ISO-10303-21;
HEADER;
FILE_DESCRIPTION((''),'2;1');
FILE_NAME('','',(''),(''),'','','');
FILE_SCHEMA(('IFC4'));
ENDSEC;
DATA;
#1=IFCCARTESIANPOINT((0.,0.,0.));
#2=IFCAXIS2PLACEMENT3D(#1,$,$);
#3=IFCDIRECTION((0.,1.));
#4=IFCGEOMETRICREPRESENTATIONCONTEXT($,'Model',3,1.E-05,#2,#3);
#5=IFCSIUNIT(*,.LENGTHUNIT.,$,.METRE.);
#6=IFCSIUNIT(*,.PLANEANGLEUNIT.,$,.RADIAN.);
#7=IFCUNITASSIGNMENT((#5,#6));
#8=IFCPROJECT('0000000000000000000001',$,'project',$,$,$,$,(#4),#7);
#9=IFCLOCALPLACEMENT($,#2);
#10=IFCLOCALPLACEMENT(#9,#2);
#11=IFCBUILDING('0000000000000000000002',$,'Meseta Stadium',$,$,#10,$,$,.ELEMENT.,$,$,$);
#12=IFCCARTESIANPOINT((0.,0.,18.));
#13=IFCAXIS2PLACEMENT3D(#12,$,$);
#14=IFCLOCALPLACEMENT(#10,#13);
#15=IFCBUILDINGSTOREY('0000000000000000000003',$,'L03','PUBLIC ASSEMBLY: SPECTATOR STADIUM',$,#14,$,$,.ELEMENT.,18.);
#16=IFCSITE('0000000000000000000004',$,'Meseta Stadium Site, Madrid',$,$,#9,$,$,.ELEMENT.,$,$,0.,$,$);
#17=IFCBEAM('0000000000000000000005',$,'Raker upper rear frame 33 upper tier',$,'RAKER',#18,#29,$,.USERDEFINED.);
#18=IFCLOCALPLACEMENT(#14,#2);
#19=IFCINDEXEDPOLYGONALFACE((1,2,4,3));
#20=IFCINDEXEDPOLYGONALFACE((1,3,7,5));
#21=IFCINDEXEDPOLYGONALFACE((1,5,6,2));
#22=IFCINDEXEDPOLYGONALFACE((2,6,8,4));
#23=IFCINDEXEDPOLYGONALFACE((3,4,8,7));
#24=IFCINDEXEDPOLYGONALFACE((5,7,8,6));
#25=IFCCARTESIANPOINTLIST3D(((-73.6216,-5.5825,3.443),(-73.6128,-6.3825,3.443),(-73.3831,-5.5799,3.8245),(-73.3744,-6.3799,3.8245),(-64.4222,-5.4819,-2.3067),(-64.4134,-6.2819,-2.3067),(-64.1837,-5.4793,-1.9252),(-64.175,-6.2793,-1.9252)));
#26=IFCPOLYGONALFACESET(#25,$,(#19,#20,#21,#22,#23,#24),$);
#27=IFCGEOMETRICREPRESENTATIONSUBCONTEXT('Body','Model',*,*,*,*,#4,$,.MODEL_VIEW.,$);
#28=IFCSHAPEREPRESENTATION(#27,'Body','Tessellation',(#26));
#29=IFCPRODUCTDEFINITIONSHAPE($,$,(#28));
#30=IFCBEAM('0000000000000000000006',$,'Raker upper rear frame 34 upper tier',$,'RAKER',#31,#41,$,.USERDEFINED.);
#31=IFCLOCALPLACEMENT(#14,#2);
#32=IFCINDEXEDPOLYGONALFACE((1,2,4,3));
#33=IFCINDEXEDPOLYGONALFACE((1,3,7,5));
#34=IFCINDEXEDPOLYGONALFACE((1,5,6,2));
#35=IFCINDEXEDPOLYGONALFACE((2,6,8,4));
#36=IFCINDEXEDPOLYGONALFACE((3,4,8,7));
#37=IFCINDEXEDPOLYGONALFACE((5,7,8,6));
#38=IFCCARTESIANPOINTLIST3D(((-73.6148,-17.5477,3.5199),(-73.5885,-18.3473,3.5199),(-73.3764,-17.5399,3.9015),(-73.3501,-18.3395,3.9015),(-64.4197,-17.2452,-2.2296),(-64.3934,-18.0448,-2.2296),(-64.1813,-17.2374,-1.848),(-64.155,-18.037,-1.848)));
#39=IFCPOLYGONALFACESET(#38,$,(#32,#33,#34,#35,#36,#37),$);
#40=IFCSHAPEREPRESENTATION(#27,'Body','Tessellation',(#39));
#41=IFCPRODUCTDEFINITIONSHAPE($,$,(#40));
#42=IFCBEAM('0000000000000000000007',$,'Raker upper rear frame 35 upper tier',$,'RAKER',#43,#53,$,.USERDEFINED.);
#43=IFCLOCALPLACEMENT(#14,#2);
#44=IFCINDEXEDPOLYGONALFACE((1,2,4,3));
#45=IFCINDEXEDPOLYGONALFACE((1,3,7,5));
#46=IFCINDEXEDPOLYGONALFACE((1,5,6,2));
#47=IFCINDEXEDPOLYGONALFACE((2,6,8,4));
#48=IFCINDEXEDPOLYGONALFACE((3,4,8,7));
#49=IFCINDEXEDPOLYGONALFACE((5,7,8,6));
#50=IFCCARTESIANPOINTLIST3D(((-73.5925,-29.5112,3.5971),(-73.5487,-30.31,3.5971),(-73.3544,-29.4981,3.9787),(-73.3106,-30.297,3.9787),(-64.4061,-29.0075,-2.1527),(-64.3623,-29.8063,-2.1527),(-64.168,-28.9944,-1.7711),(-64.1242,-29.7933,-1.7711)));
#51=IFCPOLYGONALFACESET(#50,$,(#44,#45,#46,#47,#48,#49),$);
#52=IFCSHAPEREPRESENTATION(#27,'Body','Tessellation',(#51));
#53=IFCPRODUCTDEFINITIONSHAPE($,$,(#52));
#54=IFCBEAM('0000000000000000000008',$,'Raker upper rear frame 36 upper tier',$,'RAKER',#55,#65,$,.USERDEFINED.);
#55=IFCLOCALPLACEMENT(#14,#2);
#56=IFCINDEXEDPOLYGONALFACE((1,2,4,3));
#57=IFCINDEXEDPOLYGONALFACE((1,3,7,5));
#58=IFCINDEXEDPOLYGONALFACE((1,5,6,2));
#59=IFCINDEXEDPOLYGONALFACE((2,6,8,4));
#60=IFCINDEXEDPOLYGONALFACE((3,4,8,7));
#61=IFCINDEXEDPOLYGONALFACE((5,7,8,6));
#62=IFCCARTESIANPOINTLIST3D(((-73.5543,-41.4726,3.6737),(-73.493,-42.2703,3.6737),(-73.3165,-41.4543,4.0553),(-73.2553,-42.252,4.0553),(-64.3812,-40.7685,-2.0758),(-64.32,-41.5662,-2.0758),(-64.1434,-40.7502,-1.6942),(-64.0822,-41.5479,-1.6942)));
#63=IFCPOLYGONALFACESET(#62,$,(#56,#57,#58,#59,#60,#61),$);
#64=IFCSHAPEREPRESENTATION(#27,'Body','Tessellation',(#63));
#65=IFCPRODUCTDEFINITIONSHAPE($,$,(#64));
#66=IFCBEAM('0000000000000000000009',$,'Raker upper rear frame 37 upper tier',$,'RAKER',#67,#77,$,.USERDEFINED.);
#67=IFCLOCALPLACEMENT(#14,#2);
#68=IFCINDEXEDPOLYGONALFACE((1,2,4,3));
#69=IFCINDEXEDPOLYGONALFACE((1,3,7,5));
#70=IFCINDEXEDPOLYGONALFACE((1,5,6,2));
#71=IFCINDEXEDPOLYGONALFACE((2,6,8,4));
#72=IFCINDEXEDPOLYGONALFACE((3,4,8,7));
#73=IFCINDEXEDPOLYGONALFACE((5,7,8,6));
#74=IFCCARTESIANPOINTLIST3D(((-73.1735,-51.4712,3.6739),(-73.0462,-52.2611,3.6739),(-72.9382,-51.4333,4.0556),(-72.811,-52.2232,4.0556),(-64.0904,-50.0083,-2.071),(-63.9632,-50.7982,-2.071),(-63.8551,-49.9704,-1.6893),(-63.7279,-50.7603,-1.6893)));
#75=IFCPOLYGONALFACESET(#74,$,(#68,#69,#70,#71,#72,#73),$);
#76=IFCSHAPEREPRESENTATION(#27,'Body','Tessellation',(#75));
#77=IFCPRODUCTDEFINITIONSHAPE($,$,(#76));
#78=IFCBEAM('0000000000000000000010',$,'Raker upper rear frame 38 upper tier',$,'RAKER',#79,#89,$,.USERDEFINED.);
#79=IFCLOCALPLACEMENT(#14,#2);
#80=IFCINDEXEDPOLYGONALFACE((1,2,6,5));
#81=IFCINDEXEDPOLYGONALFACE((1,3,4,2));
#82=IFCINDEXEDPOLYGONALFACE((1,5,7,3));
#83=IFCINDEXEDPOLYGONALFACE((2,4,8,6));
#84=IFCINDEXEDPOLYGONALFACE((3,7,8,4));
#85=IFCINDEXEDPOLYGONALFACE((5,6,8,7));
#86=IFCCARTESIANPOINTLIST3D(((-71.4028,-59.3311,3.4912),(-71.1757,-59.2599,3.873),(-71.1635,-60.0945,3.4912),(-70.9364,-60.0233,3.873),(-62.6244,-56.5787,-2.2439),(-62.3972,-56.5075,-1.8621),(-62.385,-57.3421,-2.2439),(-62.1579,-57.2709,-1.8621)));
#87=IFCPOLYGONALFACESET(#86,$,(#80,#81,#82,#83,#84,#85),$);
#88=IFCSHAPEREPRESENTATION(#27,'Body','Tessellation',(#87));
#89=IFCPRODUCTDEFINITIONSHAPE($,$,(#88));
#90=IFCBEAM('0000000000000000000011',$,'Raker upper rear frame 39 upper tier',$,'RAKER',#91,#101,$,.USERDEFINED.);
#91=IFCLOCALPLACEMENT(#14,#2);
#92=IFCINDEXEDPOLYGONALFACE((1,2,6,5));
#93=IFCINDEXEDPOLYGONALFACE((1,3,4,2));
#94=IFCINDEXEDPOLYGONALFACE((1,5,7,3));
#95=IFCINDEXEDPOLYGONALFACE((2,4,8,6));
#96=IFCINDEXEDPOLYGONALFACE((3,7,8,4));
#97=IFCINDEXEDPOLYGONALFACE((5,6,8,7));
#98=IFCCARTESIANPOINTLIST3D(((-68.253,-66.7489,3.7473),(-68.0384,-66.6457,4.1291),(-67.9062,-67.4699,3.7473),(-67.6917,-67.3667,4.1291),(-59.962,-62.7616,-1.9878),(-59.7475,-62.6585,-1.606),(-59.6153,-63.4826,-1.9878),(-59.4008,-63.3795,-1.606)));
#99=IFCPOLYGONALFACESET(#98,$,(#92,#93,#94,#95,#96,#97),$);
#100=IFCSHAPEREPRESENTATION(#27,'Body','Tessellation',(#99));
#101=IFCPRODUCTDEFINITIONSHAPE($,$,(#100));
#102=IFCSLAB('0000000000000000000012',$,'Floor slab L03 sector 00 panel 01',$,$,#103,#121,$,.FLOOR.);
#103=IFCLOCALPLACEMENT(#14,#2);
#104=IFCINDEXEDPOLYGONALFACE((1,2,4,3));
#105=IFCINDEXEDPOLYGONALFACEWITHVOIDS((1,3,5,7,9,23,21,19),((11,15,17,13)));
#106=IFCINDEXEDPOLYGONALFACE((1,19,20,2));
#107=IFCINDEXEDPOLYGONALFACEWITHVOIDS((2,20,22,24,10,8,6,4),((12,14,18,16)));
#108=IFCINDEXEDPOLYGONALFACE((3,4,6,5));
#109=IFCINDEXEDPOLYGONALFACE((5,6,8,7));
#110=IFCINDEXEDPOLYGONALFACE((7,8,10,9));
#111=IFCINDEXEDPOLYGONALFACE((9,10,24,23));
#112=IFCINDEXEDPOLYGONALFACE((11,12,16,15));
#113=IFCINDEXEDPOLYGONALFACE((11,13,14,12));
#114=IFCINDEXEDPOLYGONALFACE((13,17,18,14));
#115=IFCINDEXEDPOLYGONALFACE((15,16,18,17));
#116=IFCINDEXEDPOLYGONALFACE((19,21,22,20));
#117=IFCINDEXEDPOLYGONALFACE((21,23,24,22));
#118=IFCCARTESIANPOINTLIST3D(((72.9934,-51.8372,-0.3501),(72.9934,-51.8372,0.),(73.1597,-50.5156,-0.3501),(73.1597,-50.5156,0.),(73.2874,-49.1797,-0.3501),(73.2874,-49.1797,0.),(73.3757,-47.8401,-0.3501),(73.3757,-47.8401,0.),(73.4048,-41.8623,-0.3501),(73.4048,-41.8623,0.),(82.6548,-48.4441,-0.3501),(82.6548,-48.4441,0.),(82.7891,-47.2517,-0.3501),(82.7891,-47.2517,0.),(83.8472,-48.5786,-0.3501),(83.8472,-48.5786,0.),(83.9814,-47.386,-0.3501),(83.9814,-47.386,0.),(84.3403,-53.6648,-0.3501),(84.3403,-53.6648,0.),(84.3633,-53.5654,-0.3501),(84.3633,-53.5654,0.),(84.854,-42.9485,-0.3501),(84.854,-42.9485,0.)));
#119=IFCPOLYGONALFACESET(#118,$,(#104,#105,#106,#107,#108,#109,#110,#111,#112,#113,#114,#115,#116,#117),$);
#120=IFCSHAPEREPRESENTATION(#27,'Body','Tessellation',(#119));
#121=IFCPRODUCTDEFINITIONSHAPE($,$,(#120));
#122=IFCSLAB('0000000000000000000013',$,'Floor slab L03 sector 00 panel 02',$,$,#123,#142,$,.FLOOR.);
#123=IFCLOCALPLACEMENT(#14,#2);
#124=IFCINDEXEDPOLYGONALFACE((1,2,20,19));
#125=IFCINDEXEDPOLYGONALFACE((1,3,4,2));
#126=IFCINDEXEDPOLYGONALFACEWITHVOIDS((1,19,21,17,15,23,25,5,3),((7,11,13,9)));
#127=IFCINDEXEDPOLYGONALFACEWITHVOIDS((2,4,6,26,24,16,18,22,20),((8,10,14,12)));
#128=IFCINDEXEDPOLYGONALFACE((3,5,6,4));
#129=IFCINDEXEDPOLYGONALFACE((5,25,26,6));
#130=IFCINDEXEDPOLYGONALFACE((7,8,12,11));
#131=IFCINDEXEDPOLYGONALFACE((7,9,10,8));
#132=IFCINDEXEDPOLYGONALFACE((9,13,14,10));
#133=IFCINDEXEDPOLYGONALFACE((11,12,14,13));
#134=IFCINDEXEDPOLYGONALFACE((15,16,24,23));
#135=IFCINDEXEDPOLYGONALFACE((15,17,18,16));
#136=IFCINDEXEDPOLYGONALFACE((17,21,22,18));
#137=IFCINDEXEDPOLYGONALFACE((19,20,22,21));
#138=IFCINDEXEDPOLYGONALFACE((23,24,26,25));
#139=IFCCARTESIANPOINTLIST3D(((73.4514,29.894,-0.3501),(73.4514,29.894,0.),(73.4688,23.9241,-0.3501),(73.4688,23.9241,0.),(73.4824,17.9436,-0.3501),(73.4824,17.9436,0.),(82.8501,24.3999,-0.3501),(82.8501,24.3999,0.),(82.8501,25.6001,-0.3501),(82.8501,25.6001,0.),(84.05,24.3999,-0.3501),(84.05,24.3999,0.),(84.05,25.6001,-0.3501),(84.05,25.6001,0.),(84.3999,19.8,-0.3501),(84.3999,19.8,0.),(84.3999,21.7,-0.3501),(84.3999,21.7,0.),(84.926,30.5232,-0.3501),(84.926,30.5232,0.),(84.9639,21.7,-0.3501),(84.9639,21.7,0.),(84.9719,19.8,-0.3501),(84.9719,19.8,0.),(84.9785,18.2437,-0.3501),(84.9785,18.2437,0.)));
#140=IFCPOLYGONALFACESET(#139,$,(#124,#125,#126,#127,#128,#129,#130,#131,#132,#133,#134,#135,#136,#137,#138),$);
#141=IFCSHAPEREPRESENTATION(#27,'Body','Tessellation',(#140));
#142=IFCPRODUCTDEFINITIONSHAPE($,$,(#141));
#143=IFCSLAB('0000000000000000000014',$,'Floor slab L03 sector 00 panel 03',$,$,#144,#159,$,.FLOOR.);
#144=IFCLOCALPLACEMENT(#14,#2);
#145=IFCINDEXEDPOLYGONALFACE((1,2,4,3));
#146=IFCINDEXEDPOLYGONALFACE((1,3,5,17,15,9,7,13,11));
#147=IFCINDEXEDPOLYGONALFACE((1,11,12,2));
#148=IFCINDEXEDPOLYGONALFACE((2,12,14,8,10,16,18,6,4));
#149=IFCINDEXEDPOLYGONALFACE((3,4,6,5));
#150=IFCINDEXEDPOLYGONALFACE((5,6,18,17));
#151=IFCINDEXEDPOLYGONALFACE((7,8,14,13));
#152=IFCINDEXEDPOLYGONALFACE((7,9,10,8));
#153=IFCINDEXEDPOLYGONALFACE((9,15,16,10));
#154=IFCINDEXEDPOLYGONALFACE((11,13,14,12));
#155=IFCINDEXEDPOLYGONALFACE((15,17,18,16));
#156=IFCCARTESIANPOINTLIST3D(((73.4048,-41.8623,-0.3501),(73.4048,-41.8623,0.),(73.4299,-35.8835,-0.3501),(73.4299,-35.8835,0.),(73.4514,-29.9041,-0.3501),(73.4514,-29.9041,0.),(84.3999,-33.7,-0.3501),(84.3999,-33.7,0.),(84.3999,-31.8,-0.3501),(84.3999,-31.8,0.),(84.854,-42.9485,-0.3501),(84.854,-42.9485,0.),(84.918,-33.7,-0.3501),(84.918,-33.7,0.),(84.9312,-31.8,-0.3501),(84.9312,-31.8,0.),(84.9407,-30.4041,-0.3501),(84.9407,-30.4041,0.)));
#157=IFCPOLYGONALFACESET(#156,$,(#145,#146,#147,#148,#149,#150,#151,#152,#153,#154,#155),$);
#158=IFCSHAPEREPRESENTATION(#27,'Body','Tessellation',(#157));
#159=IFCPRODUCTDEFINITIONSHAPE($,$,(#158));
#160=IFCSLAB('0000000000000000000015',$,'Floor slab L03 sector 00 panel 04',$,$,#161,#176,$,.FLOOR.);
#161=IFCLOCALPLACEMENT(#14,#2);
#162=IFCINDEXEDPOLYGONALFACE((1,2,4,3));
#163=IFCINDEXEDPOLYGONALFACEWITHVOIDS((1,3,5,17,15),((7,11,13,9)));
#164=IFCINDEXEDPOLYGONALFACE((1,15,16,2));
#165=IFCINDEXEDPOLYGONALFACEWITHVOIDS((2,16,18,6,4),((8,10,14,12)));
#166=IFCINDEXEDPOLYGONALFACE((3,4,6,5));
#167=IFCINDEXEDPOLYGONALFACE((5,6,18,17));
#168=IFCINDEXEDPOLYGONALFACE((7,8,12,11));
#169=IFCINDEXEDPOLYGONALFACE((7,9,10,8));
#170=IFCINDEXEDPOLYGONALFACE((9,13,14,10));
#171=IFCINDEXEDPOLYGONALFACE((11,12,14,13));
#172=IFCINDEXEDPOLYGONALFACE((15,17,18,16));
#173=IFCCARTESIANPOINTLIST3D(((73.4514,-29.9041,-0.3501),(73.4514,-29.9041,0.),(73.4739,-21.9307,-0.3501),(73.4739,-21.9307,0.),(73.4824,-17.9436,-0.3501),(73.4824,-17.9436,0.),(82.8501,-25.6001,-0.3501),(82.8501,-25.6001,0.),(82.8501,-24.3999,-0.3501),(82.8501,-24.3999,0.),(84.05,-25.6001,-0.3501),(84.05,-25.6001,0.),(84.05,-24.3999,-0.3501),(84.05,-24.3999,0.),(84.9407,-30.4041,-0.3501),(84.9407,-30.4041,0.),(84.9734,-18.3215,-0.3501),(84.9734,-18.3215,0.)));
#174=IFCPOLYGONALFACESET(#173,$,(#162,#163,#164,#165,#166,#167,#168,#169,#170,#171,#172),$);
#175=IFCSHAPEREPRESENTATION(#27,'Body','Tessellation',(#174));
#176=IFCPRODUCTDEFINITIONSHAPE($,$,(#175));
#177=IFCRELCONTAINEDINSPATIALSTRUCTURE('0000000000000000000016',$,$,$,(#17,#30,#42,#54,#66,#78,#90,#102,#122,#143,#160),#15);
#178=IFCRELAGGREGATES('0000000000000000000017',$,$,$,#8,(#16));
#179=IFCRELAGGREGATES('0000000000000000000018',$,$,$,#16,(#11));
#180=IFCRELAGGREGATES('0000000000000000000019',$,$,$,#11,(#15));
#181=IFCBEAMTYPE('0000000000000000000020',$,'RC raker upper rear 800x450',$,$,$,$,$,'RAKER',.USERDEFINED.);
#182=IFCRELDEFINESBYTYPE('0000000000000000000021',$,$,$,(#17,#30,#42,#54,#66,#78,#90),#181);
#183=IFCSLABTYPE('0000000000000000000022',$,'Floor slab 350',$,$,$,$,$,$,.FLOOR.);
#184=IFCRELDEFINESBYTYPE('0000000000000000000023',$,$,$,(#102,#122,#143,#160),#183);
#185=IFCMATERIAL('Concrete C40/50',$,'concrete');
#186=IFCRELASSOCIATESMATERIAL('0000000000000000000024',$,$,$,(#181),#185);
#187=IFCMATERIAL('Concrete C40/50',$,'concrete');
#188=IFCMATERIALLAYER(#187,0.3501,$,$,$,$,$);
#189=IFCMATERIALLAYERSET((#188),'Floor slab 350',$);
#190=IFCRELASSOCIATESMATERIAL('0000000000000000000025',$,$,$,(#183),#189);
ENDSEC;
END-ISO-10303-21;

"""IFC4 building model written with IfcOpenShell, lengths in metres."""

from ifc_helpers import new_model, si_unit, direction, frame, origin, origin_2d, place, context, subcontext, project, spatial, polyline, rectangle, outline, extrude, material, layer, layer_set, material_profile, profile_set, type_object, element, save


model = new_model("IFC4")

# Units and contexts
model_context = context("Model", 3, precision=1e-05, world=origin(), true_north=direction((0.0, 1.0)))
body_context = subcontext(model_context, "Body", "Model", "MODEL_VIEW")
ifc_project = project(units=[si_unit("LENGTHUNIT", "METRE"), si_unit("PLANEANGLEUNIT", "RADIAN")], contexts=[model_context])

# Site, building, storey
site_placement = place(None, origin())
site = spatial("IfcSite", under=ifc_project, at=site_placement, Name="Meseta Stadium Site, Madrid", CompositionType="ELEMENT", RefElevation=0.0)
building_placement = place(site_placement, origin())
building = spatial("IfcBuilding", under=site, at=building_placement, Name="Meseta Stadium", CompositionType="ELEMENT")
storey_placement = place(building_placement, frame((0.0, 0.0, 18.0)))
storey = spatial("IfcBuildingStorey", under=building, at=storey_placement, Name="L03", Description="PUBLIC ASSEMBLY: SPECTATOR STADIUM", CompositionType="ELEMENT", Elevation=18.0)

# Beams
ifc_material_1 = material(Name="Concrete C40/50", Category="concrete")
ifc_material_profile_1 = material_profile(ifc_material_1, rectangle(XDim=0.8, YDim=0.45, at=origin_2d()), Name="RC 800x450")
ifc_profile_set_1 = profile_set([ifc_material_profile_1], Name="Concrete C40/50")
beam_type = type_object("IfcBeamType", Name="RC raker upper rear 800x450", ElementType="RAKER", PredefinedType="USERDEFINED", material=ifc_profile_set_1)
for number, where, z_axis, x_axis, name in (
    (1, (-64.2986, -5.8806, -2.116), (-0.847958, -0.009271, 0.529982), (0.010933, -0.99994, 0.0), "Raker upper rear frame 33 upper tier"),
    (2, (-64.2874, -17.6411, -2.0388), (-0.847561, -0.027882, 0.529965), (0.032879, -0.999459, 0.0), "Raker upper rear frame 34 upper tier"),
):
    element("IfcBeam", number, at=place(storey_placement, frame(where, z_axis=z_axis, x_axis=x_axis)), inside=storey, type_object=beam_type, Name=name, ObjectType="RAKER", PredefinedType="USERDEFINED", context=body_context, shape_type="SweptSolid", body=[
        extrude(rectangle(XDim=0.8, YDim=0.45, at=origin_2d()), origin(), (0.0, 0.0, 1.0), 10.8489),
    ])
beam_1_placement = place(storey_placement, frame((-64.2651, -29.4004, -1.9619), z_axis=(-0.846739, -0.046425, 0.52998), x_axis=(0.054745, -0.9985, 0.0)))
element("IfcBeam", 3, at=beam_1_placement, inside=storey, type_object=beam_type, Name="Raker upper rear frame 35 upper tier", ObjectType="RAKER", PredefinedType="USERDEFINED", context=body_context, shape_type="SweptSolid", body=[
    extrude(rectangle(XDim=0.8, YDim=0.45, at=origin_2d()), origin(), (0.0, 0.0, 1.0), 10.8491),
])
beam_2_placement = place(storey_placement, frame((-64.2317, -41.1582, -1.885), z_axis=(-0.845533, -0.064901, 0.529963), x_axis=(0.076532, -0.997067, 0.0)))
element("IfcBeam", 4, at=beam_2_placement, inside=storey, type_object=beam_type, Name="Raker upper rear frame 36 upper tier", ObjectType="RAKER", PredefinedType="USERDEFINED", context=body_context, shape_type="SweptSolid", body=[
    extrude(rectangle(XDim=0.8, YDim=0.45, at=origin_2d()), origin(), (0.0, 0.0, 1.0), 10.8489),
])
beam_3_placement = place(storey_placement, frame((-63.9092, -50.3843, -1.8801), z_axis=(-0.837421, -0.134873, 0.529657), x_axis=(0.159009, -0.987277, 0.0)))
element("IfcBeam", 5, at=beam_3_placement, inside=storey, type_object=beam_type, Name="Raker upper rear frame 37 upper tier", ObjectType="RAKER", PredefinedType="USERDEFINED", context=body_context, shape_type="SweptSolid", body=[
    extrude(rectangle(XDim=0.8, YDim=0.45, at=origin_2d()), origin(), (0.0, 0.0, 1.0), 10.8464),
])
for number, where, z_axis, x_axis, name in (
    (6, (-62.3911, -56.9248, -2.053), (-0.809745, -0.253888, 0.529013), (0.29918, -0.954197, 0.0), "Raker upper rear frame 38 upper tier"),
    (7, (-59.6814, -63.0706, -1.7969), (-0.764771, -0.367793, 0.529012), (0.433404, -0.9012, 0.0), "Raker upper rear frame 39 upper tier"),
):
    element("IfcBeam", number, at=place(storey_placement, frame(where, z_axis=z_axis, x_axis=x_axis)), inside=storey, type_object=beam_type, Name=name, ObjectType="RAKER", PredefinedType="USERDEFINED", context=body_context, shape_type="SweptSolid", body=[
        extrude(rectangle(XDim=0.8, YDim=0.45, at=origin_2d()), origin(), (0.0, 0.0, 1.0), 10.8411),
    ])

# Slabs
ifc_material_2 = material(Name="Concrete C40/50", Category="concrete")
ifc_layer_1 = layer(ifc_material_2, 0.3501)
ifc_layer_set_1 = layer_set([ifc_layer_1], Name="Floor slab 350")
slab_type = type_object("IfcSlabType", Name="Floor slab 350", PredefinedType="FLOOR", material=ifc_layer_set_1)
slab_1_placement = place(storey_placement, frame((0.0, 0.0, -0.3501)))
element("IfcSlab", 8, at=slab_1_placement, inside=storey, type_object=slab_type, Name="Floor slab L03 sector 00 panel 01", PredefinedType="FLOOR", context=body_context, shape_type="SweptSolid", body=[
    extrude(outline(polyline([(73.4048, -41.8623), (73.3757, -47.8401), (73.2874, -49.1797), (73.1597, -50.5156), (72.9934, -51.8372), (84.3403, -53.6648), (84.3633, -53.5654), (84.854, -42.9485), (73.4048, -41.8623)]), holes=[polyline([(83.8472, -48.5786), (82.6548, -48.4441), (82.7891, -47.2517), (83.9814, -47.386), (83.8472, -48.5786)])]), origin(), (0.0, 0.0, 1.0), 0.3501),
])
slab_2_placement = place(storey_placement, frame((0.0, 0.0, -0.3501)))
element("IfcSlab", 9, at=slab_2_placement, inside=storey, type_object=slab_type, Name="Floor slab L03 sector 00 panel 02", PredefinedType="FLOOR", context=body_context, shape_type="SweptSolid", body=[
    extrude(outline(polyline([(84.3999, 21.7), (84.9639, 21.7), (84.926, 30.5232), (73.4514, 29.894), (73.4688, 23.9241), (73.4824, 17.9436), (84.9785, 18.2437), (84.9719, 19.8), (84.3999, 19.8), (84.3999, 21.7)]), holes=[polyline([(84.05, 25.6001), (84.05, 24.3999), (82.8501, 24.3999), (82.8501, 25.6001), (84.05, 25.6001)])]), origin(), (0.0, 0.0, 1.0), 0.3501),
])
slab_3_placement = place(storey_placement, frame((0.0, 0.0, -0.3501)))
element("IfcSlab", 10, at=slab_3_placement, inside=storey, type_object=slab_type, Name="Floor slab L03 sector 00 panel 03", PredefinedType="FLOOR", context=body_context, shape_type="SweptSolid", body=[
    extrude(outline(polyline([(84.3999, -31.8), (84.9312, -31.8), (84.9407, -30.4041), (73.4514, -29.9041), (73.4299, -35.8835), (73.4048, -41.8623), (84.854, -42.9485), (84.918, -33.7), (84.3999, -33.7), (84.3999, -31.8)])), origin(), (0.0, 0.0, 1.0), 0.3501),
])
slab_4_placement = place(storey_placement, frame((0.0, 0.0, -0.3501)))
element("IfcSlab", 11, at=slab_4_placement, inside=storey, type_object=slab_type, Name="Floor slab L03 sector 00 panel 04", PredefinedType="FLOOR", context=body_context, shape_type="SweptSolid", body=[
    extrude(outline(polyline([(84.9734, -18.3215), (73.4824, -17.9436), (73.4739, -21.9307), (73.4514, -29.9041), (84.9407, -30.4041), (84.9734, -18.3215)]), holes=[polyline([(82.8501, -25.6001), (82.8501, -24.3999), (84.05, -24.3999), (84.05, -25.6001), (82.8501, -25.6001)])]), origin(), (0.0, 0.0, 1.0), 0.3501),
])

save(model, "model.ifc")
